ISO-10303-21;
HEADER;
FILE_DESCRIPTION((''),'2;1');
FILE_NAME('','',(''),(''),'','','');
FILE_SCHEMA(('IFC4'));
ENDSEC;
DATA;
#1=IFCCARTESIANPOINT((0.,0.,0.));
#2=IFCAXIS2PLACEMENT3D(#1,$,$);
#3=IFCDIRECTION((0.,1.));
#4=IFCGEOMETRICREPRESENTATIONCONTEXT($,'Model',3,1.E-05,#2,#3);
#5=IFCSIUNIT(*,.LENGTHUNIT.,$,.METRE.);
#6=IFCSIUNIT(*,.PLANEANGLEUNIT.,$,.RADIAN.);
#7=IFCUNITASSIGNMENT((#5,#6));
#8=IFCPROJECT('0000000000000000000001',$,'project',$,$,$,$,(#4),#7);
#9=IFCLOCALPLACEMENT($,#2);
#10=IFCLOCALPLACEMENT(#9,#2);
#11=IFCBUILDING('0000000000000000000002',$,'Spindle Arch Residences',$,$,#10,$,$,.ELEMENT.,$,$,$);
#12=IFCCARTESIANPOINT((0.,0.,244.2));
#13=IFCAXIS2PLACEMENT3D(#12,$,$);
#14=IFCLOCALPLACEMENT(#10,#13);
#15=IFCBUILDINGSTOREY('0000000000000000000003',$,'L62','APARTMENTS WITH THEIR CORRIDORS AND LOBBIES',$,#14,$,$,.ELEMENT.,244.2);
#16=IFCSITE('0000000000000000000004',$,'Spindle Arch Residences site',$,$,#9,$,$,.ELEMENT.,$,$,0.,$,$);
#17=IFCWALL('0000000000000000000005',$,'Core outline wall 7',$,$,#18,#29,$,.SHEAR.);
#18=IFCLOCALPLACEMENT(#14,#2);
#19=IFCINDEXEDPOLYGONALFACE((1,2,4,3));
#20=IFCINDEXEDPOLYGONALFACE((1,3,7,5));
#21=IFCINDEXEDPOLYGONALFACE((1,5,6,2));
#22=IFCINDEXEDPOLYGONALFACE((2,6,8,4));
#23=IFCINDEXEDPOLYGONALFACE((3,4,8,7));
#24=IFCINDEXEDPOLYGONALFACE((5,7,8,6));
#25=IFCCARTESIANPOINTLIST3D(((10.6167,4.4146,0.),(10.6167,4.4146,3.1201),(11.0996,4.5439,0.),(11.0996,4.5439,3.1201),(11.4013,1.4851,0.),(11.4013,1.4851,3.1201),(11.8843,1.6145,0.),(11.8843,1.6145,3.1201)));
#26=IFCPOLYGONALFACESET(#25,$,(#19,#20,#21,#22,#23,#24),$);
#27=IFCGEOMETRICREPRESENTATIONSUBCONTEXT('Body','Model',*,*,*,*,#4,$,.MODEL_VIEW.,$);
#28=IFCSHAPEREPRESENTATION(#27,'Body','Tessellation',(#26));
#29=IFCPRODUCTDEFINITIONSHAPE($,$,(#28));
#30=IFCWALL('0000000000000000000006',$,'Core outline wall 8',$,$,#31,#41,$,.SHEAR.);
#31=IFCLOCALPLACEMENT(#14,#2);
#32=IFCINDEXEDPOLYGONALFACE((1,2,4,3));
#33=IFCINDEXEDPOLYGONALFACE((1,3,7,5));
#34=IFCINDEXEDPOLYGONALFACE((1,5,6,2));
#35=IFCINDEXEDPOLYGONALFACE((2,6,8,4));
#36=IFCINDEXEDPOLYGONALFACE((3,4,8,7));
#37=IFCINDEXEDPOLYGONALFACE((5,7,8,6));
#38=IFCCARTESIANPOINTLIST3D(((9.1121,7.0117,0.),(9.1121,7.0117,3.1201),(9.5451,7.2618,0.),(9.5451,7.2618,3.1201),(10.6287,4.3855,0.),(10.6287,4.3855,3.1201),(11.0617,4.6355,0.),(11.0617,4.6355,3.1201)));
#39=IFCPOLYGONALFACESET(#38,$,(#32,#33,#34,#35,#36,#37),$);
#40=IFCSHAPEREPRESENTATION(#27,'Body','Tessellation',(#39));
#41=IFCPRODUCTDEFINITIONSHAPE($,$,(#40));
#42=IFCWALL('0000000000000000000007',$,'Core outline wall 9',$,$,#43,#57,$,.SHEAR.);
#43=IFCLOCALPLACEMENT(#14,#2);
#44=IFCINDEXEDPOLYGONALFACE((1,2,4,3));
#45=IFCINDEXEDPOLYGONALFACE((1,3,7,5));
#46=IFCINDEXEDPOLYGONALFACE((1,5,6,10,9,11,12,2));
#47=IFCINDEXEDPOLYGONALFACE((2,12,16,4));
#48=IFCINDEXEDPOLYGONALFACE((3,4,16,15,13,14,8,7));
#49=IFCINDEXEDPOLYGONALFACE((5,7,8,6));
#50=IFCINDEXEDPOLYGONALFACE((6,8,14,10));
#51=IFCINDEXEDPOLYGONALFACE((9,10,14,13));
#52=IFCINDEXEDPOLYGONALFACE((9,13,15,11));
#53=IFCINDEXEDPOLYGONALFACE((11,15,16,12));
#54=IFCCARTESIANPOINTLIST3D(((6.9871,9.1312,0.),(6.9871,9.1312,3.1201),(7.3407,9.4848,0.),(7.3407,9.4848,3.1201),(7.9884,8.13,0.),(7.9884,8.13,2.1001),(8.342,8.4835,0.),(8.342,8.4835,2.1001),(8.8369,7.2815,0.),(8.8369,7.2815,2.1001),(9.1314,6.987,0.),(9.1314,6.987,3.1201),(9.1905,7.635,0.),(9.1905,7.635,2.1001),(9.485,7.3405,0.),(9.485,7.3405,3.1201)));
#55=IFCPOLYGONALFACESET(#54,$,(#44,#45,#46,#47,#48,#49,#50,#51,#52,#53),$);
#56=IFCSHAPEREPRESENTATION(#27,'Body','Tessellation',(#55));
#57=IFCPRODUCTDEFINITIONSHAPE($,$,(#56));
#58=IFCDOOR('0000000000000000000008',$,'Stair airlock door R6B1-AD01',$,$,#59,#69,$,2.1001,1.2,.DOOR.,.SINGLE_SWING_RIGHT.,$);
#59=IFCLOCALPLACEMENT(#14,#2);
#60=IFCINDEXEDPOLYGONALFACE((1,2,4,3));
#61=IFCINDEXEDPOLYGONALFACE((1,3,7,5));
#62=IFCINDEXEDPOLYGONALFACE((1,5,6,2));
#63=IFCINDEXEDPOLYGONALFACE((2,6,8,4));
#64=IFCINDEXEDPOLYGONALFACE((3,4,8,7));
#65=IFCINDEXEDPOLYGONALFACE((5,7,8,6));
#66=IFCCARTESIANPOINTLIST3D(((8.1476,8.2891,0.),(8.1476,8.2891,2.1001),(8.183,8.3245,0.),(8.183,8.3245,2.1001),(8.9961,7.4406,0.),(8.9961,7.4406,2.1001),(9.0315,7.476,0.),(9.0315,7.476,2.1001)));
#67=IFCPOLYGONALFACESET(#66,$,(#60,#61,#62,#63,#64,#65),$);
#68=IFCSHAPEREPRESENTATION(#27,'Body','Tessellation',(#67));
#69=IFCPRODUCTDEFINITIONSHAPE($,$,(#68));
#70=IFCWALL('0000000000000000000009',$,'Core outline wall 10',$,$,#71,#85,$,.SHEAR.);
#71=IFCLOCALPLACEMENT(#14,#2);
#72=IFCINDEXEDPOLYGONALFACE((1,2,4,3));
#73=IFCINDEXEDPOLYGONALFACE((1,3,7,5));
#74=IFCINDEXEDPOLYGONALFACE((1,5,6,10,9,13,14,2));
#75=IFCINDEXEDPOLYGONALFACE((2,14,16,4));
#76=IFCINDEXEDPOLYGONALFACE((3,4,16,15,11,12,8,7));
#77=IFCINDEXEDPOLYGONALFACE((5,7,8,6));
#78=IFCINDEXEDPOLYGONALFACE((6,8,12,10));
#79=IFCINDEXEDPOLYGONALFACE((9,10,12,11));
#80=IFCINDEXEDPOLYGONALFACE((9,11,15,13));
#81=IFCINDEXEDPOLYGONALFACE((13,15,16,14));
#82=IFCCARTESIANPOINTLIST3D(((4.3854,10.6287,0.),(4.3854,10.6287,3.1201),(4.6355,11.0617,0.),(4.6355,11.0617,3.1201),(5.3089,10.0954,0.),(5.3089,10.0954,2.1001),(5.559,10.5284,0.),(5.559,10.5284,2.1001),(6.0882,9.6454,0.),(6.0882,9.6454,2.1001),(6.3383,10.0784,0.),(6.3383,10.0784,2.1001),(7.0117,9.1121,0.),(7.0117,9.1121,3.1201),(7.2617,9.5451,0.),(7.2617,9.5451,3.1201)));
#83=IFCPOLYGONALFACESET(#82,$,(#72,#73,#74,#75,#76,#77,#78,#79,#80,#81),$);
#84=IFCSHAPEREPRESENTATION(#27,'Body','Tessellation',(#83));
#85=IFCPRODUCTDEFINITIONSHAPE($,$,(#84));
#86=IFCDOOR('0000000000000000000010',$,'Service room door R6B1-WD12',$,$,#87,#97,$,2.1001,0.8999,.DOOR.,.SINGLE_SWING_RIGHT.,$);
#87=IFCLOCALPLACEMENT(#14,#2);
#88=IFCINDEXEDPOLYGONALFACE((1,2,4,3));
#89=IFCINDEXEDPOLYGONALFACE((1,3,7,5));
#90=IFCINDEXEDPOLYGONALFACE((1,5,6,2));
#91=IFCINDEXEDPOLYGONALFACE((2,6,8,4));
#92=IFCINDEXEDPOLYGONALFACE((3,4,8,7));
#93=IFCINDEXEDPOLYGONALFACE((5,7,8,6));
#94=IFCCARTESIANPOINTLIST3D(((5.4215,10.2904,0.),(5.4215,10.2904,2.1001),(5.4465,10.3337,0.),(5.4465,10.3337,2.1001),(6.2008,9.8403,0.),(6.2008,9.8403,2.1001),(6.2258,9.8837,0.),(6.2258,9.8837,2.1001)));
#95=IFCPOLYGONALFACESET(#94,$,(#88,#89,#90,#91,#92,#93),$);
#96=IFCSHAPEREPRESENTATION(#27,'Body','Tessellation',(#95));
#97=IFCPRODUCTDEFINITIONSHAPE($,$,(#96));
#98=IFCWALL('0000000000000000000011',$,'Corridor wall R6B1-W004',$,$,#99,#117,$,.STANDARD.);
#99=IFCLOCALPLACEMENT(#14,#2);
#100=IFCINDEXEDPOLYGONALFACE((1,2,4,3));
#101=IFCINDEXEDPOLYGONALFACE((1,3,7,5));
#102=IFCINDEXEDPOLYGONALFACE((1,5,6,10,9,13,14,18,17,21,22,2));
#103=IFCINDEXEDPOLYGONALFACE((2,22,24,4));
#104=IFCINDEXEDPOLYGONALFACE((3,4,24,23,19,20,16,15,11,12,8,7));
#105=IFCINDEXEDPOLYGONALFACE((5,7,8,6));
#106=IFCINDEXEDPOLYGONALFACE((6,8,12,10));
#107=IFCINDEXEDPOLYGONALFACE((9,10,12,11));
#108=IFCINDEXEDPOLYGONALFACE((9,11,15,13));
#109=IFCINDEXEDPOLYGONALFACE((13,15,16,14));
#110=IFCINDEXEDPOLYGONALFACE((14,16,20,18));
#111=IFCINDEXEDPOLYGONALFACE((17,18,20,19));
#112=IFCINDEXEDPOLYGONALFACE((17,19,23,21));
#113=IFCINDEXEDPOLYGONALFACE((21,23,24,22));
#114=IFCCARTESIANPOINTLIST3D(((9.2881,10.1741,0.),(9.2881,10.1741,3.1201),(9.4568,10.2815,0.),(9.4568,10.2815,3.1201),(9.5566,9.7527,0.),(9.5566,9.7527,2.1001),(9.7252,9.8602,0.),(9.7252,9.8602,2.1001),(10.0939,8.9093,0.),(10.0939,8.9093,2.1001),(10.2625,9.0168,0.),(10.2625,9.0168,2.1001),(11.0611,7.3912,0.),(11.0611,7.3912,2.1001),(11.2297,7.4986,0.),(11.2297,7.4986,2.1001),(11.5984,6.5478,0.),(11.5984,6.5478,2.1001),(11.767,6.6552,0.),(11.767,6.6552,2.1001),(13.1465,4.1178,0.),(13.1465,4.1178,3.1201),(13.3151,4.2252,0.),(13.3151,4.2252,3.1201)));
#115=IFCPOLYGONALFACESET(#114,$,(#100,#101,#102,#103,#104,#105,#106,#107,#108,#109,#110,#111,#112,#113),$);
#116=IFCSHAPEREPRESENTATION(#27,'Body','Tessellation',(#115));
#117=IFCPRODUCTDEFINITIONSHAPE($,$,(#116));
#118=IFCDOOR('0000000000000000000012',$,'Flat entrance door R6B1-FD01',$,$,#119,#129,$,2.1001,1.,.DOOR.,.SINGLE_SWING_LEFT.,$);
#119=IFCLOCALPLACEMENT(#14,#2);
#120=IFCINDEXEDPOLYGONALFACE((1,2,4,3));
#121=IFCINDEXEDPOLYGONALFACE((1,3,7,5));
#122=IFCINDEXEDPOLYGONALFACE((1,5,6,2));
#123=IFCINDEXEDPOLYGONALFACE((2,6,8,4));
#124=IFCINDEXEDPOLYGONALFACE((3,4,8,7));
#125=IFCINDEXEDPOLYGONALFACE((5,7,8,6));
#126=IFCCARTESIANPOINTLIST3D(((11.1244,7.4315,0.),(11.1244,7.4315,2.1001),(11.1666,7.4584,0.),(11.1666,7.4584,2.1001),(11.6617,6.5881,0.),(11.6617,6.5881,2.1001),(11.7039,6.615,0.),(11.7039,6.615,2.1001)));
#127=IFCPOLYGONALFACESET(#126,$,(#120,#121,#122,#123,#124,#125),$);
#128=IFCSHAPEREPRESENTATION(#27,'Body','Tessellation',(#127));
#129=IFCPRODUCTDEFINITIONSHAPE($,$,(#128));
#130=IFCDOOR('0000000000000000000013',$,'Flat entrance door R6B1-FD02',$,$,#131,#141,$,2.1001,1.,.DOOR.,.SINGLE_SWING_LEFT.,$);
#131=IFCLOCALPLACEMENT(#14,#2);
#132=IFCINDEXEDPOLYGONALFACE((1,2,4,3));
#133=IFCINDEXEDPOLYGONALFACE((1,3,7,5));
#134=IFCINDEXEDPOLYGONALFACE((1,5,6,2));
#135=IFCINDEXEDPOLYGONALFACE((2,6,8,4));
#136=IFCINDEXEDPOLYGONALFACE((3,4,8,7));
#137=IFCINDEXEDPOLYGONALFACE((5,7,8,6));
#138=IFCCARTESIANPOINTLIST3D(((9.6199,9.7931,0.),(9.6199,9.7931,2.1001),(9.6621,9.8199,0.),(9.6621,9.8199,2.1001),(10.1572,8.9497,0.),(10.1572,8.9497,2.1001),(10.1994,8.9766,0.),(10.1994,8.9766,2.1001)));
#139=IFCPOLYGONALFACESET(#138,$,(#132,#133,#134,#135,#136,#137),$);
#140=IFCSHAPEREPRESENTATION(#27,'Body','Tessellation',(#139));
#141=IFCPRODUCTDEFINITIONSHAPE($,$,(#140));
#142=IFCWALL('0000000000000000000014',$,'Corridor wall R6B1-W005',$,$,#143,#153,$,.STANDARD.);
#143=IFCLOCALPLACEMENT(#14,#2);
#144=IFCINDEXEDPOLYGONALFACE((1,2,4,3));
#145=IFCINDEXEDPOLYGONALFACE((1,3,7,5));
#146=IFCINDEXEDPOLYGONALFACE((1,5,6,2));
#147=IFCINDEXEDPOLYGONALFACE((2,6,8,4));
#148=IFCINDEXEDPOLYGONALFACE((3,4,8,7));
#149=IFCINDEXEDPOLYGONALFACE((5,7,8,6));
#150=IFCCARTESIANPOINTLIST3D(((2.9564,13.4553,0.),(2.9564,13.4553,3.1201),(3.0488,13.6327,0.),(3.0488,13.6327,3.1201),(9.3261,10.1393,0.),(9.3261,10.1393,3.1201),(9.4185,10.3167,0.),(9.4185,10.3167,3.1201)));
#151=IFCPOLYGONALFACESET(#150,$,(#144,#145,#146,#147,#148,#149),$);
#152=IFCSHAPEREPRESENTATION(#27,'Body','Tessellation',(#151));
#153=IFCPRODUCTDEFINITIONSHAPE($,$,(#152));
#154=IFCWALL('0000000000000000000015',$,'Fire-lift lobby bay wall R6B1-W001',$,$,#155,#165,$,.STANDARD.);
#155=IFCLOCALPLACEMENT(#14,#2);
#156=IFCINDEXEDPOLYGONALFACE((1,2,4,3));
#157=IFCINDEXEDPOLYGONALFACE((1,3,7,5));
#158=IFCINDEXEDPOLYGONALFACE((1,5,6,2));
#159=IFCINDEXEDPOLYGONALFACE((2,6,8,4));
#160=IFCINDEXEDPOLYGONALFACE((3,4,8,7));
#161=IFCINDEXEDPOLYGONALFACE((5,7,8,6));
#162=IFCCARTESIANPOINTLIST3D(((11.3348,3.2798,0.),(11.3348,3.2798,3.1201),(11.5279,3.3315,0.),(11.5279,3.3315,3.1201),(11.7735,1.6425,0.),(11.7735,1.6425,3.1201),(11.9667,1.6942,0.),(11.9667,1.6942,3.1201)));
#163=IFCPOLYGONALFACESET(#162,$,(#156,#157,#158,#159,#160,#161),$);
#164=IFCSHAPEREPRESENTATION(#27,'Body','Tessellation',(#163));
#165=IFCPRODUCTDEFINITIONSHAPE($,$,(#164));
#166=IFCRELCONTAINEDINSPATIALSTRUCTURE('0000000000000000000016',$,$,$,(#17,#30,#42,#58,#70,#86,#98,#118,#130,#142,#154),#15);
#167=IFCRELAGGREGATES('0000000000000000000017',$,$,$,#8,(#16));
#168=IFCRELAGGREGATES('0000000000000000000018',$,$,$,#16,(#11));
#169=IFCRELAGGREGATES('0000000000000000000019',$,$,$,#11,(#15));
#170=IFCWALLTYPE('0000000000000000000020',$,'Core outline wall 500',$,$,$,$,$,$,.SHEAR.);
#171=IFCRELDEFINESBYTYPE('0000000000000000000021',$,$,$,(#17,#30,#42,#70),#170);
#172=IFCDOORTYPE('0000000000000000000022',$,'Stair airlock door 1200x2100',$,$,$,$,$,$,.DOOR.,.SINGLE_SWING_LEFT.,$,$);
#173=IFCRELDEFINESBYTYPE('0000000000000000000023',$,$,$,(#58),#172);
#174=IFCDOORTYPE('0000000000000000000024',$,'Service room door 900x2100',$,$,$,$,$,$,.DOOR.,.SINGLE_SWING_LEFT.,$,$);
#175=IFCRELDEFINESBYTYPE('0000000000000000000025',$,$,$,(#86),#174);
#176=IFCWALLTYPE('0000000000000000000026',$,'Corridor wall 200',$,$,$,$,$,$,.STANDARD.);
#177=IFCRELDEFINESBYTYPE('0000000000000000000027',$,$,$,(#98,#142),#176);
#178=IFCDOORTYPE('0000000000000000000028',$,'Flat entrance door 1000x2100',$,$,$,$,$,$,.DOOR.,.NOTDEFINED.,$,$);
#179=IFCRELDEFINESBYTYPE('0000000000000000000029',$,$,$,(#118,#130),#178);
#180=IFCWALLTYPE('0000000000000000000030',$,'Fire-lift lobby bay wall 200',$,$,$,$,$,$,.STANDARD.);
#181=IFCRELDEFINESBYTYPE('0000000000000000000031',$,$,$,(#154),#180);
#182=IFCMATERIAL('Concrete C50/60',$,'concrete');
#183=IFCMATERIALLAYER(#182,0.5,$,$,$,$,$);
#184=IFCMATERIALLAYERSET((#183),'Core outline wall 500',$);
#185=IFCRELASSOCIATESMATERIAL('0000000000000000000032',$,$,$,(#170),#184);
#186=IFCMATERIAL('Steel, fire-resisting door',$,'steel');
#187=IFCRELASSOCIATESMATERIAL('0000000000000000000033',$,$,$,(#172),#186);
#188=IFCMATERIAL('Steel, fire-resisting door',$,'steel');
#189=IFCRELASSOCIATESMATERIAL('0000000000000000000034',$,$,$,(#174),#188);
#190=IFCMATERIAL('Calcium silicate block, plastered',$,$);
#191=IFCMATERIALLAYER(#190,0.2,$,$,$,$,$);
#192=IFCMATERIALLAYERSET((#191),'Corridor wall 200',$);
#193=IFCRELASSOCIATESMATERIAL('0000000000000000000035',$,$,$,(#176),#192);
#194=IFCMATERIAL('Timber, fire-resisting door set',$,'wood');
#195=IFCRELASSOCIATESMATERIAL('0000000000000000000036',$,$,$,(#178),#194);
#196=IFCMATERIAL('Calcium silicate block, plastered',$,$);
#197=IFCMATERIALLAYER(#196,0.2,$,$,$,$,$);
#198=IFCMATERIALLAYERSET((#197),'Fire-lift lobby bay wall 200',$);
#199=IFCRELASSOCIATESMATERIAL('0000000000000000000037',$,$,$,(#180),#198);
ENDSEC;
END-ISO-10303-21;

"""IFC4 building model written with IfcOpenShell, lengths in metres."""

from ifc_helpers import new_model, si_unit, direction, frame, frame_2d, origin, place, context, subcontext, project, spatial, rectangle, extrude, material, layer, layer_set, type_object, element, fill, save


model = new_model("IFC4")

# Units and contexts
model_context = context("Model", 3, precision=1e-05, world=origin(), true_north=direction((0.0, 1.0)))
body_context = subcontext(model_context, "Body", "Model", "MODEL_VIEW")
ifc_project = project(units=[si_unit("LENGTHUNIT", "METRE"), si_unit("PLANEANGLEUNIT", "RADIAN")], contexts=[model_context])

# Site, building, storey
site_placement = place(None, origin())
site = spatial("IfcSite", under=ifc_project, at=site_placement, Name="Spindle Arch Residences site", CompositionType="ELEMENT", RefElevation=0.0)
building_placement = place(site_placement, origin())
building = spatial("IfcBuilding", under=site, at=building_placement, Name="Spindle Arch Residences", CompositionType="ELEMENT")
storey_placement = place(building_placement, frame((0.0, 0.0, 244.2)))
storey = spatial("IfcBuildingStorey", under=building, at=storey_placement, Name="L62", Description="APARTMENTS WITH THEIR CORRIDORS AND LOBBIES", CompositionType="ELEMENT", Elevation=244.2)

# Walls
ifc_material_1 = material(Name="Concrete C50/60", Category="concrete")
ifc_layer_1 = layer(ifc_material_1, 0.5)
ifc_layer_set_1 = layer_set([ifc_layer_1], Name="Core outline wall 500")
wall_type_1 = type_object("IfcWallType", Name="Core outline wall 500", PredefinedType="SHEAR", material=ifc_layer_set_1)
for number, where, z_axis, x_axis, name in (
    (1, (11.6428, 1.5498, 0.0), (0.0, 0.0, 1.0), (-0.258735, 0.965948, 0.0), "Core outline wall 7"),
    (2, (10.8452, 4.5105, 0.0), (0.0, 0.0, 1.0), (-0.500087, 0.865975, 0.0), "Core outline wall 8"),
):
    element("IfcWall", number, at=place(storey_placement, frame(where, z_axis=z_axis, x_axis=x_axis)), inside=storey, type_object=wall_type_1, Name=name, PredefinedType="SHEAR", context=body_context, shape_type="SweptSolid", body=[
        extrude(rectangle(XDim=3.0327, YDim=0.5, at=frame_2d((1.5164, 0.0))), origin(), (0.0, 0.0, 1.0), 3.1201),
    ])

# Walls, openings, doors
wall_1_placement = place(storey_placement, frame((9.3081, 7.1638, 0.0), z_axis=(0.0, 0.0, 1.0), x_axis=(-0.707107, 0.707107, 0.0)))
wall_1 = element("IfcWall", 3, at=wall_1_placement, inside=storey, type_object=wall_type_1, Name="Core outline wall 9", PredefinedType="SHEAR", context=body_context, shape_type="SweptSolid", body=[
    extrude(rectangle(XDim=3.0325, YDim=0.5, at=frame_2d((1.5161, 0.0))), origin(), (0.0, 0.0, 1.0), 3.1201),
])
opening_1_placement = place(wall_1_placement, frame((0.4163, 0.0, 0.0)))
opening_1 = element("IfcOpeningElement", 4, at=opening_1_placement, cuts=wall_1, PredefinedType="OPENING", context=body_context, shape_type="SweptSolid", body=[
    extrude(rectangle(XDim=1.2, YDim=2.1001, at=frame_2d((0.6001, 1.05))), frame((0.0, 0.26, 0.0), z_axis=(0.0, -1.0, 0.0), x_axis=(1.0, 0.0, 0.0)), (0.0, 0.0, 1.0), 0.52),
])
ifc_material_2 = material(Name="Steel, fire-resisting door", Category="steel")
door_type_1 = type_object("IfcDoorType", Name="Stair airlock door 1200x2100", OperationType="SINGLE_SWING_LEFT", PredefinedType="DOOR", material=ifc_material_2)
door_1_placement = place(opening_1_placement, origin())
door_1 = element("IfcDoor", 5, at=door_1_placement, inside=storey, type_object=door_type_1, Name="Stair airlock door R6B1-AD01", OperationType="SINGLE_SWING_RIGHT", OverallHeight=2.1001, OverallWidth=1.2, PredefinedType="DOOR", context=body_context, shape_type="SweptSolid", body=[
    extrude(rectangle(XDim=1.2, YDim=2.1001, at=frame_2d((0.6001, 1.05))), frame((0.0, 0.0249, 0.0), z_axis=(0.0, -1.0, 0.0), x_axis=(1.0, 0.0, 0.0)), (0.0, 0.0, 1.0), 0.05),
])
fill(opening_1, door_1)
wall_2_placement = place(storey_placement, frame((7.1367, 9.3286, 0.0), z_axis=(0.0, 0.0, 1.0), x_axis=(-0.865975, 0.500087, 0.0)))
wall_2 = element("IfcWall", 6, at=wall_2_placement, inside=storey, type_object=wall_type_1, Name="Core outline wall 10", PredefinedType="SHEAR", context=body_context, shape_type="SweptSolid", body=[
    extrude(rectangle(XDim=3.0327, YDim=0.5, at=frame_2d((1.5164, 0.0))), origin(), (0.0, 0.0, 1.0), 3.1201),
])
opening_2_placement = place(wall_2_placement, frame((1.0664, 0.0, 0.0)))
opening_2 = element("IfcOpeningElement", 7, at=opening_2_placement, cuts=wall_2, PredefinedType="OPENING", context=body_context, shape_type="SweptSolid", body=[
    extrude(rectangle(XDim=0.8999, YDim=2.1001, at=frame_2d((0.45, 1.05))), frame((0.0, 0.26, 0.0), z_axis=(0.0, -1.0, 0.0), x_axis=(1.0, 0.0, 0.0)), (0.0, 0.0, 1.0), 0.52),
])
ifc_material_3 = material(Name="Steel, fire-resisting door", Category="steel")
door_type_2 = type_object("IfcDoorType", Name="Service room door 900x2100", OperationType="SINGLE_SWING_LEFT", PredefinedType="DOOR", material=ifc_material_3)
door_2_placement = place(opening_2_placement, origin())
door_2 = element("IfcDoor", 8, at=door_2_placement, inside=storey, type_object=door_type_2, Name="Service room door R6B1-WD12", OperationType="SINGLE_SWING_RIGHT", OverallHeight=2.1001, OverallWidth=0.8999, PredefinedType="DOOR", context=body_context, shape_type="SweptSolid", body=[
    extrude(rectangle(XDim=0.8999, YDim=2.1001, at=frame_2d((0.45, 1.05))), frame((0.0, 0.0249, 0.0), z_axis=(0.0, -1.0, 0.0), x_axis=(1.0, 0.0, 0.0)), (0.0, 0.0, 1.0), 0.05),
])
fill(opening_2, door_2)

# Wall, openings, doors
ifc_material_4 = material(Name="Calcium silicate block, plastered")
ifc_layer_2 = layer(ifc_material_4, 0.2)
ifc_layer_set_2 = layer_set([ifc_layer_2], Name="Corridor wall 200")
wall_type_2 = type_object("IfcWallType", Name="Corridor wall 200", PredefinedType="STANDARD", material=ifc_layer_set_2)
wall_3_placement = place(storey_placement, frame((13.2307, 4.1716, 0.0), z_axis=(0.0, 0.0, 1.0), x_axis=(-0.537304, 0.843388, 0.0)))
wall_3 = element("IfcWall", 9, at=wall_3_placement, inside=storey, type_object=wall_type_2, Name="Corridor wall R6B1-W004", PredefinedType="STANDARD", context=body_context, shape_type="SweptSolid", body=[
    extrude(rectangle(XDim=7.1809, YDim=0.2, at=frame_2d((3.5903, 0.0))), origin(), (0.0, 0.0, 1.0), 3.1201),
])
opening_3_placement = place(wall_3_placement, frame((2.8811, 0.0, 0.0)))
opening_3 = element("IfcOpeningElement", 10, at=opening_3_placement, cuts=wall_3, PredefinedType="OPENING", context=body_context, shape_type="SweptSolid", body=[
    extrude(rectangle(XDim=1.0, YDim=2.1001, at=frame_2d((0.5, 1.05))), frame((0.0, 0.1099, 0.0), z_axis=(0.0, -1.0, 0.0), x_axis=(1.0, 0.0, 0.0)), (0.0, 0.0, 1.0), 0.22),
])
opening_4_placement = place(wall_3_placement, frame((5.6812, 0.0, 0.0)))
opening_4 = element("IfcOpeningElement", 11, at=opening_4_placement, cuts=wall_3, PredefinedType="OPENING", context=body_context, shape_type="SweptSolid", body=[
    extrude(rectangle(XDim=1.0, YDim=2.1001, at=frame_2d((0.5, 1.05))), frame((0.0, 0.1099, 0.0), z_axis=(0.0, -1.0, 0.0), x_axis=(1.0, 0.0, 0.0)), (0.0, 0.0, 1.0), 0.22),
])
ifc_material_5 = material(Name="Timber, fire-resisting door set", Category="wood")
door_type_3 = type_object("IfcDoorType", Name="Flat entrance door 1000x2100", OperationType="NOTDEFINED", PredefinedType="DOOR", material=ifc_material_5)
door_3_placement = place(opening_3_placement, origin())
door_3 = element("IfcDoor", 12, at=door_3_placement, inside=storey, type_object=door_type_3, Name="Flat entrance door R6B1-FD01", OperationType="SINGLE_SWING_LEFT", OverallHeight=2.1001, OverallWidth=1.0, PredefinedType="DOOR", context=body_context, shape_type="SweptSolid", body=[
    extrude(rectangle(XDim=1.0, YDim=2.1001, at=frame_2d((0.5, 1.05))), frame((0.0, 0.0249, 0.0), z_axis=(0.0, -1.0, 0.0), x_axis=(1.0, 0.0, 0.0)), (0.0, 0.0, 1.0), 0.05),
])
fill(opening_3, door_3)
door_4_placement = place(opening_4_placement, origin())
door_4 = element("IfcDoor", 13, at=door_4_placement, inside=storey, type_object=door_type_3, Name="Flat entrance door R6B1-FD02", OperationType="SINGLE_SWING_LEFT", OverallHeight=2.1001, OverallWidth=1.0, PredefinedType="DOOR", context=body_context, shape_type="SweptSolid", body=[
    extrude(rectangle(XDim=1.0, YDim=2.1001, at=frame_2d((0.5, 1.05))), frame((0.0, 0.0249, 0.0), z_axis=(0.0, -1.0, 0.0), x_axis=(1.0, 0.0, 0.0)), (0.0, 0.0, 1.0), 0.05),
])
fill(opening_4, door_4)

# Walls
wall_4_placement = place(storey_placement, frame((9.3723, 10.228, 0.0), z_axis=(0.0, 0.0, 1.0), x_axis=(-0.887005, 0.461759, 0.0)))
element("IfcWall", 14, at=wall_4_placement, inside=storey, type_object=wall_type_2, Name="Corridor wall R6B1-W005", PredefinedType="STANDARD", context=body_context, shape_type="SweptSolid", body=[
    extrude(rectangle(XDim=7.1812, YDim=0.2, at=frame_2d((3.5906, 0.0))), origin(), (0.0, 0.0, 1.0), 3.1201),
])
ifc_material_6 = material(Name="Calcium silicate block, plastered")
ifc_layer_3 = layer(ifc_material_6, 0.2)
ifc_layer_set_3 = layer_set([ifc_layer_3], Name="Fire-lift lobby bay wall 200")
wall_type_3 = type_object("IfcWallType", Name="Fire-lift lobby bay wall 200", PredefinedType="STANDARD", material=ifc_layer_set_3)
wall_5_placement = place(storey_placement, frame((11.8701, 1.6682, 0.0), z_axis=(0.0, 0.0, 1.0), x_axis=(-0.258837, 0.965921, 0.0)))
element("IfcWall", 15, at=wall_5_placement, inside=storey, type_object=wall_type_3, Name="Fire-lift lobby bay wall R6B1-W001", PredefinedType="STANDARD", context=body_context, shape_type="SweptSolid", body=[
    extrude(rectangle(XDim=1.6951, YDim=0.2, at=frame_2d((0.8477, 0.0))), origin(), (0.0, 0.0, 1.0), 3.1201),
])

save(model, "model.ifc")
